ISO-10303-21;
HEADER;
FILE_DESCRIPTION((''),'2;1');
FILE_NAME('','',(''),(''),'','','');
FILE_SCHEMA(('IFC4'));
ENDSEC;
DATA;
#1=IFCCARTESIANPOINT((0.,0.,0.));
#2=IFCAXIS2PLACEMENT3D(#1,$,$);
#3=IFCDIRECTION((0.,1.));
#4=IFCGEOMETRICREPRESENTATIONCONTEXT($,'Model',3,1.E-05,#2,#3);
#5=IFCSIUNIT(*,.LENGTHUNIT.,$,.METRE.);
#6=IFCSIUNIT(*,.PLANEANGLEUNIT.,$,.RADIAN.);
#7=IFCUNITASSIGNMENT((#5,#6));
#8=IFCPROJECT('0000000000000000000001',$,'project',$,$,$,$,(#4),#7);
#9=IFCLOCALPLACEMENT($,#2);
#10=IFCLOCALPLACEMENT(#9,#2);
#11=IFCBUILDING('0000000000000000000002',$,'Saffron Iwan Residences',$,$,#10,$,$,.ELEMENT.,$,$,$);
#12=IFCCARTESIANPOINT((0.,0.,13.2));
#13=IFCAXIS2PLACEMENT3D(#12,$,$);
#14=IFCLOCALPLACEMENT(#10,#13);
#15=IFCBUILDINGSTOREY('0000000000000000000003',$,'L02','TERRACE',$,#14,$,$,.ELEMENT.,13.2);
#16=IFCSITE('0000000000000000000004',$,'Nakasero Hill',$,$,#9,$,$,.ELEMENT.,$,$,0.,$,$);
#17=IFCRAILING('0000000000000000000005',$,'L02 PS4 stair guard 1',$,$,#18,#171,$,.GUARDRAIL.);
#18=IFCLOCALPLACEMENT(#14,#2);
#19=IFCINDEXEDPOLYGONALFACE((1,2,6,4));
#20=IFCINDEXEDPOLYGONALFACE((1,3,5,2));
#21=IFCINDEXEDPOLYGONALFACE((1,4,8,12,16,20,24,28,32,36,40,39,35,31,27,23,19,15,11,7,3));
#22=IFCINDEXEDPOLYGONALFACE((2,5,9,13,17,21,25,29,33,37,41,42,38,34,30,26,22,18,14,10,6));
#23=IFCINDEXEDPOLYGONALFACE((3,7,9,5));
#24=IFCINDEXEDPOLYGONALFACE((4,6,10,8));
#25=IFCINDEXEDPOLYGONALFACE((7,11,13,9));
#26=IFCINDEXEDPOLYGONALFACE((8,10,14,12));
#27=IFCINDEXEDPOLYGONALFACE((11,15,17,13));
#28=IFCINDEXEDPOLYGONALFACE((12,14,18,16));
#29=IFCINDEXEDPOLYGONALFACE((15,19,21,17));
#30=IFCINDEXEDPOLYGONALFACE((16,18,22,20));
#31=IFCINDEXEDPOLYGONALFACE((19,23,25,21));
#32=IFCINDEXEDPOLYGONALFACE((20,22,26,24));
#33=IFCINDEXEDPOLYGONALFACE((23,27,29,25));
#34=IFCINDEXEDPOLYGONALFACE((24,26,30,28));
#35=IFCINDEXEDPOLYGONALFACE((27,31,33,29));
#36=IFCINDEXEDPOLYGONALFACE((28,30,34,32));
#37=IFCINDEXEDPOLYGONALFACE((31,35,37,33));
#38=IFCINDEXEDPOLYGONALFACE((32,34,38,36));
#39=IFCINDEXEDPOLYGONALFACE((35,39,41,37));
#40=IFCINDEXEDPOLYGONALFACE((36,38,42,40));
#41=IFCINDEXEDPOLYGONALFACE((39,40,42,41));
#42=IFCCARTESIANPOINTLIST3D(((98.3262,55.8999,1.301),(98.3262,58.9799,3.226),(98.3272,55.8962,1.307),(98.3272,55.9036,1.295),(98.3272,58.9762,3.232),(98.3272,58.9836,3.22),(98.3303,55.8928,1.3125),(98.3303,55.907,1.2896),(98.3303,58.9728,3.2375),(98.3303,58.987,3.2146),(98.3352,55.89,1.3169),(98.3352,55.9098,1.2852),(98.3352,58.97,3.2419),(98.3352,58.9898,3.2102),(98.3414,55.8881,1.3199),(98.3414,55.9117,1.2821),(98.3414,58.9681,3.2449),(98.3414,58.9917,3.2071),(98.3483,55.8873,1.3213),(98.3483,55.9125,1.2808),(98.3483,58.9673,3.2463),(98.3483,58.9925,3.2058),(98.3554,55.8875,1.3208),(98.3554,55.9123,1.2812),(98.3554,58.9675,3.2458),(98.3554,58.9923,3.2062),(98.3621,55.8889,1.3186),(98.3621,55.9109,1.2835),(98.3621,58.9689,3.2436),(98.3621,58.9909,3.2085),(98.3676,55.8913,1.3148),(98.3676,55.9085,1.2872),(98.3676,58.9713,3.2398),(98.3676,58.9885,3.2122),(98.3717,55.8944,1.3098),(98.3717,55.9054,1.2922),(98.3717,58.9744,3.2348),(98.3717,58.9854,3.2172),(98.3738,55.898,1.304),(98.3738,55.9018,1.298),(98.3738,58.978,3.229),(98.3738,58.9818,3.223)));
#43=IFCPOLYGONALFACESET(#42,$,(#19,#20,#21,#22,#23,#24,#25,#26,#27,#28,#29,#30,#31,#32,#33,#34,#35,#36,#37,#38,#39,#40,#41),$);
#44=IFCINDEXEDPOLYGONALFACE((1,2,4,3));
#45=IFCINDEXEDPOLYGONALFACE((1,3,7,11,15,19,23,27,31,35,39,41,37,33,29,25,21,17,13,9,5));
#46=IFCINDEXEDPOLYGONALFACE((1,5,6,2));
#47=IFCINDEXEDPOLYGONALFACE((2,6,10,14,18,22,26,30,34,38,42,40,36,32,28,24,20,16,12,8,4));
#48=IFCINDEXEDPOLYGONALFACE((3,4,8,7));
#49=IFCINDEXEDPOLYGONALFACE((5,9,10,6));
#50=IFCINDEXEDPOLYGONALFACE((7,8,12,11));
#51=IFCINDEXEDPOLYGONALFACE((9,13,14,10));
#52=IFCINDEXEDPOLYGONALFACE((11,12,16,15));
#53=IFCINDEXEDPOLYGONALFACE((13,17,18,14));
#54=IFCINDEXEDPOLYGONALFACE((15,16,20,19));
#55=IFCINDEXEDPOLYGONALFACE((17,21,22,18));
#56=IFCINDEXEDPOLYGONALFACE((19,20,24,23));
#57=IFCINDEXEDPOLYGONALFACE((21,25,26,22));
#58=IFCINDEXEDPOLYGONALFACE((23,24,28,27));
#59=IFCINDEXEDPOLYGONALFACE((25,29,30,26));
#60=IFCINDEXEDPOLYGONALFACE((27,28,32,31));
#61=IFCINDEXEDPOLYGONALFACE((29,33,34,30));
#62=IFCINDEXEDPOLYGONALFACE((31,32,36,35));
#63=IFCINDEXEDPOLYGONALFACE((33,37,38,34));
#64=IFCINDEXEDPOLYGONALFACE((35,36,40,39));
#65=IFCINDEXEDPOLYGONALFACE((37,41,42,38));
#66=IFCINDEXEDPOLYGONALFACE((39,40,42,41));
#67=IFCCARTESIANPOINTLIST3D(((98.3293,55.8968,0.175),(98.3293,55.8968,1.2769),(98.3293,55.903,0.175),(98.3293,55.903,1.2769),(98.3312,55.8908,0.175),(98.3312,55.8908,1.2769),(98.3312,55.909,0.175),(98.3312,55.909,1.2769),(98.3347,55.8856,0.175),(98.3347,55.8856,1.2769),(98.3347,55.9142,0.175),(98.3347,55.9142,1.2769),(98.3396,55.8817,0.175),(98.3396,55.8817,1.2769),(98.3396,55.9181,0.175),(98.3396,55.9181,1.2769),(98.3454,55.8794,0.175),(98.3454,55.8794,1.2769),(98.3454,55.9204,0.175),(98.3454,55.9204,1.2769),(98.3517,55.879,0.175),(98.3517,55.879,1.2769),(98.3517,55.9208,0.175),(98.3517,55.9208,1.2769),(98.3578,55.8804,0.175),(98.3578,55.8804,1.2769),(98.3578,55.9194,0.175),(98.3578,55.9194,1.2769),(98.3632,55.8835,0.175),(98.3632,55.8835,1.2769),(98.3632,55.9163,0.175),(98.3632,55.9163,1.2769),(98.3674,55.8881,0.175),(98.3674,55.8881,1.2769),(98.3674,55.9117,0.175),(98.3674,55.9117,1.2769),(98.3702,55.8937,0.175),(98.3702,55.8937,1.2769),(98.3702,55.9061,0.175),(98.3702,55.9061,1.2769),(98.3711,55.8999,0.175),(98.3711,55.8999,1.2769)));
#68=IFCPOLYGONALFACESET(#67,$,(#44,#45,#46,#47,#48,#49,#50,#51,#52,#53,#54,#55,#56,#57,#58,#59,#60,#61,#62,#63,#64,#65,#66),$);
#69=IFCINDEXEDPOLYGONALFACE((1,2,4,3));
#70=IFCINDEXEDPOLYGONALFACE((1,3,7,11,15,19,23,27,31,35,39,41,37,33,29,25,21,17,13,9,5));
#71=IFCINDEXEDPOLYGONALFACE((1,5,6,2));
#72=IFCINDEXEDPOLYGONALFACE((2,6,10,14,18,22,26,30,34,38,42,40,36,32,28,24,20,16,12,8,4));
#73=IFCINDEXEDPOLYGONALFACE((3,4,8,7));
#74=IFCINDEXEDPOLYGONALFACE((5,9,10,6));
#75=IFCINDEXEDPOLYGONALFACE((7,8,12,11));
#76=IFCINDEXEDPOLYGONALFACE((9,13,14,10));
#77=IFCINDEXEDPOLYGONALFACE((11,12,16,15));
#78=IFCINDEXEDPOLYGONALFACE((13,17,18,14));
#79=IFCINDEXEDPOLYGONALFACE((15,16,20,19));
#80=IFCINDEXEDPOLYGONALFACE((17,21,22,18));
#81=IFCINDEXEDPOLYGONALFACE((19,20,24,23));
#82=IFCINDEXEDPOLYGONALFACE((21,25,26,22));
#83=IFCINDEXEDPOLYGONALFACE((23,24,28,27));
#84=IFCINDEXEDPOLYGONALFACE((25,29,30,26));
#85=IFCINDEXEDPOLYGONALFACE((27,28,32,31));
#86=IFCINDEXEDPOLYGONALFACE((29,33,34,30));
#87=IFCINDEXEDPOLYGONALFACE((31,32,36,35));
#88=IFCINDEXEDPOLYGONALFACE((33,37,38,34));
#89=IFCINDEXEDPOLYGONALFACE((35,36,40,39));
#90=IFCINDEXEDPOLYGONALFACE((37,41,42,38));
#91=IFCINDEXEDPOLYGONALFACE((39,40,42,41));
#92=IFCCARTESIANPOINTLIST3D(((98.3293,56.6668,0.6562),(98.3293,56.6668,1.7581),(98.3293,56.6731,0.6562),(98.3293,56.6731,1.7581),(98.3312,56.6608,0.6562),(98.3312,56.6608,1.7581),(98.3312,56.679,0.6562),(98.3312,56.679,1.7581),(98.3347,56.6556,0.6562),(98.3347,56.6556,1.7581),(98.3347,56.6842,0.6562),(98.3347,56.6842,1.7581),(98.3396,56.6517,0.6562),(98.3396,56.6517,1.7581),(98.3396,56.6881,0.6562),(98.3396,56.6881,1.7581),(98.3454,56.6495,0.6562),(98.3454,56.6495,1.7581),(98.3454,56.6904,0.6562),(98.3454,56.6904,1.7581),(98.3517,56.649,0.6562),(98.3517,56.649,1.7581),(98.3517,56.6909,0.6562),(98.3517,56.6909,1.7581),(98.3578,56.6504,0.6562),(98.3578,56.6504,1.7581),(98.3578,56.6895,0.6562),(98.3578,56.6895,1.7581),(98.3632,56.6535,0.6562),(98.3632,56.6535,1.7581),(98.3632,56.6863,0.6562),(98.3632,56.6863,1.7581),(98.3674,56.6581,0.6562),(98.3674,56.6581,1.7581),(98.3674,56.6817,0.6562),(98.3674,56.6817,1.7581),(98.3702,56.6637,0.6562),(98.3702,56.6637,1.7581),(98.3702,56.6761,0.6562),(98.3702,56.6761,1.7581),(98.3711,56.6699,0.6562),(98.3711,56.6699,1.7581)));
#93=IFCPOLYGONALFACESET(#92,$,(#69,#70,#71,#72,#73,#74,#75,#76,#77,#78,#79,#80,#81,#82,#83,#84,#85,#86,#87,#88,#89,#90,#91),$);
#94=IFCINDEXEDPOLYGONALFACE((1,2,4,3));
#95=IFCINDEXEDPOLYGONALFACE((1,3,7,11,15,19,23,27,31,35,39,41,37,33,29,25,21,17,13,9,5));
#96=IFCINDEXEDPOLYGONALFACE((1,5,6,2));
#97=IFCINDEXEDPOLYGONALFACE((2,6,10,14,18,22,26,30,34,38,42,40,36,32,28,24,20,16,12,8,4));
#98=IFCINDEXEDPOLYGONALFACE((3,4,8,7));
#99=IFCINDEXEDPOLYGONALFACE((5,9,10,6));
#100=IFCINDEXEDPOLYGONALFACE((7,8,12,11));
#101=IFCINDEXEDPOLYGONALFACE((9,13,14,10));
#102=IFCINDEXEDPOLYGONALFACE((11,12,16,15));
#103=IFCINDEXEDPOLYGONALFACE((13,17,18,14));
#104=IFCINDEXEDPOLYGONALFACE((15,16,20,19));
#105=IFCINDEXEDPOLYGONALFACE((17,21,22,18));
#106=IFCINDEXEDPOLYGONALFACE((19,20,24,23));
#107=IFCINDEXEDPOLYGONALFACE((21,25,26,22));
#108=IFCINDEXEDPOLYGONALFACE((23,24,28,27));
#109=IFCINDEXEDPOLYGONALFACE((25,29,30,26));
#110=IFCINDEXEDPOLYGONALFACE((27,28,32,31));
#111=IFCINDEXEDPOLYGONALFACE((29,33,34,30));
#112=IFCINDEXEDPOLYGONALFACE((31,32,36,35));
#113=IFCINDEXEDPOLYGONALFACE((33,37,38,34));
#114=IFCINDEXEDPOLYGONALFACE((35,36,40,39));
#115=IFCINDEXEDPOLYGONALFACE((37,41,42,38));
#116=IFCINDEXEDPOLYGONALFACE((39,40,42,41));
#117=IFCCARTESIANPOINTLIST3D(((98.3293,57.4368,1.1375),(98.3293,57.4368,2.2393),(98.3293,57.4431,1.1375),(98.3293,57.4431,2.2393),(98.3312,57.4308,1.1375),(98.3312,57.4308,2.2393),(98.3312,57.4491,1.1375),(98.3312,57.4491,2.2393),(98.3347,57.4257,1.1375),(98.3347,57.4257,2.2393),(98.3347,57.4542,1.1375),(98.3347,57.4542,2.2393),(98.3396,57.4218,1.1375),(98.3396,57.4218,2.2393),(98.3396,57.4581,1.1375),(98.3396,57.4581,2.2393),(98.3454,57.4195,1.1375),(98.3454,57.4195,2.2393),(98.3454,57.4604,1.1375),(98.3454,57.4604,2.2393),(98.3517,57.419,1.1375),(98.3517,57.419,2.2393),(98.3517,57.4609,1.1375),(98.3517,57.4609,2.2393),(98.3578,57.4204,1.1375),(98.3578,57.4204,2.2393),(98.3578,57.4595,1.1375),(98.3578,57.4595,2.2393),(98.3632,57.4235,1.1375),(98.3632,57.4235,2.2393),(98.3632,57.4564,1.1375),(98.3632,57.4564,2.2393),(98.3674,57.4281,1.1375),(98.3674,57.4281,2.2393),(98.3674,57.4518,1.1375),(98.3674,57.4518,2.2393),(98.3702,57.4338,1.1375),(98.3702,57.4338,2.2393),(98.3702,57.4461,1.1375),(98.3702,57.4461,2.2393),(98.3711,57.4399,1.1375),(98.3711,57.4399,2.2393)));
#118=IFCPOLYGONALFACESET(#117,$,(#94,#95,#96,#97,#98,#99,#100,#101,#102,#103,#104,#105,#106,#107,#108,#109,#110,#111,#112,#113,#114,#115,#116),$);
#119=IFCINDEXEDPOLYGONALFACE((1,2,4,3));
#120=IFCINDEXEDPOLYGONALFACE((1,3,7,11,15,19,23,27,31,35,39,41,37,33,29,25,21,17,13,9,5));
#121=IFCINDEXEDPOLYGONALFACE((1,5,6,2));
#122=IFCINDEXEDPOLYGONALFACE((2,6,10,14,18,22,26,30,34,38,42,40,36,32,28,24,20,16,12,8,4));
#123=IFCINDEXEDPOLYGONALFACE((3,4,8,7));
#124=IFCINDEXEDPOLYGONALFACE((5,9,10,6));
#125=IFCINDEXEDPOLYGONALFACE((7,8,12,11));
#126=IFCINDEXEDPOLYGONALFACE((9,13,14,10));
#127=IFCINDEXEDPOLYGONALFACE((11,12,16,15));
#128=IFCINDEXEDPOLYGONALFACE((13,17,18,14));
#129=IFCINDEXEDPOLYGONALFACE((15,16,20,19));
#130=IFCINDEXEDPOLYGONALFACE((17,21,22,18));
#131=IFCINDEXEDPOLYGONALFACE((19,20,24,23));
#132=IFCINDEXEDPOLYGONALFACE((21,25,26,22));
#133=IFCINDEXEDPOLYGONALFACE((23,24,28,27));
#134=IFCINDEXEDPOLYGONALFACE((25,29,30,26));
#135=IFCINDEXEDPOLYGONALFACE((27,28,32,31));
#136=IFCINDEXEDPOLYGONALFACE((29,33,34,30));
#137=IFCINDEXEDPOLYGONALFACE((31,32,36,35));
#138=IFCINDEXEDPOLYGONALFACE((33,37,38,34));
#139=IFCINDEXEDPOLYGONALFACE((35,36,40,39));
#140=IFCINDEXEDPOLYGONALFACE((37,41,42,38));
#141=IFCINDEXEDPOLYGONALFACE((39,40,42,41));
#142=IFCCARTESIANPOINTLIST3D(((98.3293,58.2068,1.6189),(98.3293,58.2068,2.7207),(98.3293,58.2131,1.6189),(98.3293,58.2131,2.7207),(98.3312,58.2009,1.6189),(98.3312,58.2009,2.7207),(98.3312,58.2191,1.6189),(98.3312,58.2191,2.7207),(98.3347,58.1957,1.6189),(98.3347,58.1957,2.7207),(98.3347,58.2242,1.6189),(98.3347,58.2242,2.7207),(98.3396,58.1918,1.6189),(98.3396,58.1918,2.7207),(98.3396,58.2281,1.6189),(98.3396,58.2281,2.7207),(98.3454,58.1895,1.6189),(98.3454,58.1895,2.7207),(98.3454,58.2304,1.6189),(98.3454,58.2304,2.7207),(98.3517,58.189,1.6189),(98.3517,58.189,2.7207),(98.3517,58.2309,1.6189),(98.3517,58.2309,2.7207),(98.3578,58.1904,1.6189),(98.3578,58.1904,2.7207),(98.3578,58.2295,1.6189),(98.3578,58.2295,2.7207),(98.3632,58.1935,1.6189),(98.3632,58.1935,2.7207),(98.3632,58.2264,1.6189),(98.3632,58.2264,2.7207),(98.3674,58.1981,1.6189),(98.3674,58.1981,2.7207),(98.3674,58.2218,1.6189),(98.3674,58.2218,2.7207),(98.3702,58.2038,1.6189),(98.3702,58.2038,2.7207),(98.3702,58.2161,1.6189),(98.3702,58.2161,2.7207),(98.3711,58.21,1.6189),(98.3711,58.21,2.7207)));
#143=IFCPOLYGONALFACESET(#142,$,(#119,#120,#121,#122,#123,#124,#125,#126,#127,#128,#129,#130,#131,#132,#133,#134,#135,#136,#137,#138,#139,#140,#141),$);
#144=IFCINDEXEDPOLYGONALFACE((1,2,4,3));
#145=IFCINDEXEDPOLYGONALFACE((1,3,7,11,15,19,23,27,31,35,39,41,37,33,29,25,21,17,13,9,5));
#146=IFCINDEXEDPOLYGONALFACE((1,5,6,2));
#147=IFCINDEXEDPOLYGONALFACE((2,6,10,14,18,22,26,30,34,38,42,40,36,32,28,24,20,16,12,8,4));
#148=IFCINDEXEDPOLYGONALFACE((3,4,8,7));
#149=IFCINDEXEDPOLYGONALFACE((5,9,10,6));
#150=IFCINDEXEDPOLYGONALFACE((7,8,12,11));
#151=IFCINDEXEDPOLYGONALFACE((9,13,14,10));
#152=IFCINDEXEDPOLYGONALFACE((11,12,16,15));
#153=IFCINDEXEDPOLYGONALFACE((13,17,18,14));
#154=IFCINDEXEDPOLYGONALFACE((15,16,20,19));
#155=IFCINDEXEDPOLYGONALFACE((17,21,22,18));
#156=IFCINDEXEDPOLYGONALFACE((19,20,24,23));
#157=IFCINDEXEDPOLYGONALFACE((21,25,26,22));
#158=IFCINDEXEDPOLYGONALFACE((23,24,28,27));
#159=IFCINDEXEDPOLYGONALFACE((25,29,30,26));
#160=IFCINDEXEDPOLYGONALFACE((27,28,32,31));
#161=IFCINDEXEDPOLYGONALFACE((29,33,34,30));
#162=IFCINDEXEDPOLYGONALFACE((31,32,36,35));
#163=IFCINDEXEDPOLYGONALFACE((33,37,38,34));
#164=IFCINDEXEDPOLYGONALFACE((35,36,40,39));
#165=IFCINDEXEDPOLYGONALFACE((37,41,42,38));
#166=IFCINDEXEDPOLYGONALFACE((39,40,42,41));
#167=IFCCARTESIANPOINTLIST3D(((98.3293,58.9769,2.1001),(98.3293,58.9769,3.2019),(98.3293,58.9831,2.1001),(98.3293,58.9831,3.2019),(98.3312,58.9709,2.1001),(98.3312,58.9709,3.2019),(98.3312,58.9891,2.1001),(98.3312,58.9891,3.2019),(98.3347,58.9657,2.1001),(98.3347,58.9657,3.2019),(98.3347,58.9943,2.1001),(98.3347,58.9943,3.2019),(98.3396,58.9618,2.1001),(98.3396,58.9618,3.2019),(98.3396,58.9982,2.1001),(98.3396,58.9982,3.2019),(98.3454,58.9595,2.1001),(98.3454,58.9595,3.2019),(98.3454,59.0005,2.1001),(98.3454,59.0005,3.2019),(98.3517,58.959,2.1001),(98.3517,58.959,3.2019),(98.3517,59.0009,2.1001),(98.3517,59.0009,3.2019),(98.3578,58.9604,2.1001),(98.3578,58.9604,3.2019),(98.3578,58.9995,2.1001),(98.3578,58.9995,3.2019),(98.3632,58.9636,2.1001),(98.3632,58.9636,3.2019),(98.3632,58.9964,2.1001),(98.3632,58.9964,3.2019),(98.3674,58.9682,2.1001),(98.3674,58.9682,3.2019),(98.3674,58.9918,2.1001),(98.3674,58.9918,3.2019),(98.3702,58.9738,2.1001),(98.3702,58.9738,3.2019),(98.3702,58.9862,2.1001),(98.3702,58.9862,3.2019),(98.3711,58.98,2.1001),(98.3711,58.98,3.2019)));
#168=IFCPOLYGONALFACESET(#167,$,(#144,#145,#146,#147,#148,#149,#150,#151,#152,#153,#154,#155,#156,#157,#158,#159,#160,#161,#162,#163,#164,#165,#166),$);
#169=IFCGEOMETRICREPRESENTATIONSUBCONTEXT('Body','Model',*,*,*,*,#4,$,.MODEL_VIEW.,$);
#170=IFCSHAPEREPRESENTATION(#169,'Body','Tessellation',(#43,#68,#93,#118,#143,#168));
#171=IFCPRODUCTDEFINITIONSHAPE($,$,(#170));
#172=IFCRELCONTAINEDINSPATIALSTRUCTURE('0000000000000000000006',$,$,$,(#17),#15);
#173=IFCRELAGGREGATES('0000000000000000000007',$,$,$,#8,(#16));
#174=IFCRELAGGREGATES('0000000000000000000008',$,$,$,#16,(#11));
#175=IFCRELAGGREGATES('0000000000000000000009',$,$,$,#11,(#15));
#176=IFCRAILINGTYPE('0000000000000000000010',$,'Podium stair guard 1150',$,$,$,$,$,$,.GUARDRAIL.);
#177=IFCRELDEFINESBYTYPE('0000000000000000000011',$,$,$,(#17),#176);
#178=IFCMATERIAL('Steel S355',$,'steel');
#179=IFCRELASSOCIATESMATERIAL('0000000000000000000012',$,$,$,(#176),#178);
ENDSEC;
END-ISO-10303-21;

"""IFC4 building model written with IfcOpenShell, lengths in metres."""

from ifc_helpers import new_model, si_unit, direction, frame, origin, origin_2d, place, context, subcontext, project, spatial, circle, extrude, material, type_object, element, save


model = new_model("IFC4")

# Units and contexts
model_context = context("Model", 3, precision=1e-05, world=origin(), true_north=direction((0.0, 1.0)))
body_context = subcontext(model_context, "Body", "Model", "MODEL_VIEW")
ifc_project = project(units=[si_unit("LENGTHUNIT", "METRE"), si_unit("PLANEANGLEUNIT", "RADIAN")], contexts=[model_context])

# Site, building, storey
site_placement = place(None, origin())
site = spatial("IfcSite", under=ifc_project, at=site_placement, Name="Nakasero Hill", CompositionType="ELEMENT", RefElevation=0.0)
building_placement = place(site_placement, origin())
building = spatial("IfcBuilding", under=site, at=building_placement, Name="Saffron Iwan Residences", CompositionType="ELEMENT")
storey_placement = place(building_placement, frame((0.0, 0.0, 13.2)))
storey = spatial("IfcBuildingStorey", under=building, at=storey_placement, Name="L02", Description="TERRACE", CompositionType="ELEMENT", Elevation=13.2)

# Railing
ifc_material_1 = material(Name="Steel S355", Category="steel")
railing_type_1 = type_object("IfcRailingType", Name="Podium stair guard 1150", PredefinedType="GUARDRAIL", material=ifc_material_1)
railing_1_placement = place(storey_placement, frame((98.3501, 55.8999, 0.175)))
element("IfcRailing", 1, at=railing_1_placement, inside=storey, type_object=railing_type_1, Name="L02 PS4 stair guard 1", PredefinedType="GUARDRAIL", context=body_context, shape_type="SweptSolid", body=[
    extrude(circle(Radius=0.0239, at=origin_2d()), frame((0.0, 0.0, 1.126), z_axis=(0.0, 0.847998, 0.529999), x_axis=(-1.0, 0.0, 0.0)), (0.0, 0.0, 1.0), 3.6321),
    extrude(circle(Radius=0.021, at=origin_2d()), origin(), (0.0, 0.0, 1.0), 1.1018),
    extrude(circle(Radius=0.021, at=origin_2d()), frame((0.0, 0.77, 0.4812)), (0.0, 0.0, 1.0), 1.1018),
    extrude(circle(Radius=0.021, at=origin_2d()), frame((0.0, 1.54, 0.9624)), (0.0, 0.0, 1.0), 1.1018),
    extrude(circle(Radius=0.021, at=origin_2d()), frame((0.0, 2.3101, 1.4438)), (0.0, 0.0, 1.0), 1.1018),
    extrude(circle(Radius=0.021, at=origin_2d()), frame((0.0, 3.0801, 1.925)), (0.0, 0.0, 1.0), 1.1018),
])

save(model, "model.ifc")
